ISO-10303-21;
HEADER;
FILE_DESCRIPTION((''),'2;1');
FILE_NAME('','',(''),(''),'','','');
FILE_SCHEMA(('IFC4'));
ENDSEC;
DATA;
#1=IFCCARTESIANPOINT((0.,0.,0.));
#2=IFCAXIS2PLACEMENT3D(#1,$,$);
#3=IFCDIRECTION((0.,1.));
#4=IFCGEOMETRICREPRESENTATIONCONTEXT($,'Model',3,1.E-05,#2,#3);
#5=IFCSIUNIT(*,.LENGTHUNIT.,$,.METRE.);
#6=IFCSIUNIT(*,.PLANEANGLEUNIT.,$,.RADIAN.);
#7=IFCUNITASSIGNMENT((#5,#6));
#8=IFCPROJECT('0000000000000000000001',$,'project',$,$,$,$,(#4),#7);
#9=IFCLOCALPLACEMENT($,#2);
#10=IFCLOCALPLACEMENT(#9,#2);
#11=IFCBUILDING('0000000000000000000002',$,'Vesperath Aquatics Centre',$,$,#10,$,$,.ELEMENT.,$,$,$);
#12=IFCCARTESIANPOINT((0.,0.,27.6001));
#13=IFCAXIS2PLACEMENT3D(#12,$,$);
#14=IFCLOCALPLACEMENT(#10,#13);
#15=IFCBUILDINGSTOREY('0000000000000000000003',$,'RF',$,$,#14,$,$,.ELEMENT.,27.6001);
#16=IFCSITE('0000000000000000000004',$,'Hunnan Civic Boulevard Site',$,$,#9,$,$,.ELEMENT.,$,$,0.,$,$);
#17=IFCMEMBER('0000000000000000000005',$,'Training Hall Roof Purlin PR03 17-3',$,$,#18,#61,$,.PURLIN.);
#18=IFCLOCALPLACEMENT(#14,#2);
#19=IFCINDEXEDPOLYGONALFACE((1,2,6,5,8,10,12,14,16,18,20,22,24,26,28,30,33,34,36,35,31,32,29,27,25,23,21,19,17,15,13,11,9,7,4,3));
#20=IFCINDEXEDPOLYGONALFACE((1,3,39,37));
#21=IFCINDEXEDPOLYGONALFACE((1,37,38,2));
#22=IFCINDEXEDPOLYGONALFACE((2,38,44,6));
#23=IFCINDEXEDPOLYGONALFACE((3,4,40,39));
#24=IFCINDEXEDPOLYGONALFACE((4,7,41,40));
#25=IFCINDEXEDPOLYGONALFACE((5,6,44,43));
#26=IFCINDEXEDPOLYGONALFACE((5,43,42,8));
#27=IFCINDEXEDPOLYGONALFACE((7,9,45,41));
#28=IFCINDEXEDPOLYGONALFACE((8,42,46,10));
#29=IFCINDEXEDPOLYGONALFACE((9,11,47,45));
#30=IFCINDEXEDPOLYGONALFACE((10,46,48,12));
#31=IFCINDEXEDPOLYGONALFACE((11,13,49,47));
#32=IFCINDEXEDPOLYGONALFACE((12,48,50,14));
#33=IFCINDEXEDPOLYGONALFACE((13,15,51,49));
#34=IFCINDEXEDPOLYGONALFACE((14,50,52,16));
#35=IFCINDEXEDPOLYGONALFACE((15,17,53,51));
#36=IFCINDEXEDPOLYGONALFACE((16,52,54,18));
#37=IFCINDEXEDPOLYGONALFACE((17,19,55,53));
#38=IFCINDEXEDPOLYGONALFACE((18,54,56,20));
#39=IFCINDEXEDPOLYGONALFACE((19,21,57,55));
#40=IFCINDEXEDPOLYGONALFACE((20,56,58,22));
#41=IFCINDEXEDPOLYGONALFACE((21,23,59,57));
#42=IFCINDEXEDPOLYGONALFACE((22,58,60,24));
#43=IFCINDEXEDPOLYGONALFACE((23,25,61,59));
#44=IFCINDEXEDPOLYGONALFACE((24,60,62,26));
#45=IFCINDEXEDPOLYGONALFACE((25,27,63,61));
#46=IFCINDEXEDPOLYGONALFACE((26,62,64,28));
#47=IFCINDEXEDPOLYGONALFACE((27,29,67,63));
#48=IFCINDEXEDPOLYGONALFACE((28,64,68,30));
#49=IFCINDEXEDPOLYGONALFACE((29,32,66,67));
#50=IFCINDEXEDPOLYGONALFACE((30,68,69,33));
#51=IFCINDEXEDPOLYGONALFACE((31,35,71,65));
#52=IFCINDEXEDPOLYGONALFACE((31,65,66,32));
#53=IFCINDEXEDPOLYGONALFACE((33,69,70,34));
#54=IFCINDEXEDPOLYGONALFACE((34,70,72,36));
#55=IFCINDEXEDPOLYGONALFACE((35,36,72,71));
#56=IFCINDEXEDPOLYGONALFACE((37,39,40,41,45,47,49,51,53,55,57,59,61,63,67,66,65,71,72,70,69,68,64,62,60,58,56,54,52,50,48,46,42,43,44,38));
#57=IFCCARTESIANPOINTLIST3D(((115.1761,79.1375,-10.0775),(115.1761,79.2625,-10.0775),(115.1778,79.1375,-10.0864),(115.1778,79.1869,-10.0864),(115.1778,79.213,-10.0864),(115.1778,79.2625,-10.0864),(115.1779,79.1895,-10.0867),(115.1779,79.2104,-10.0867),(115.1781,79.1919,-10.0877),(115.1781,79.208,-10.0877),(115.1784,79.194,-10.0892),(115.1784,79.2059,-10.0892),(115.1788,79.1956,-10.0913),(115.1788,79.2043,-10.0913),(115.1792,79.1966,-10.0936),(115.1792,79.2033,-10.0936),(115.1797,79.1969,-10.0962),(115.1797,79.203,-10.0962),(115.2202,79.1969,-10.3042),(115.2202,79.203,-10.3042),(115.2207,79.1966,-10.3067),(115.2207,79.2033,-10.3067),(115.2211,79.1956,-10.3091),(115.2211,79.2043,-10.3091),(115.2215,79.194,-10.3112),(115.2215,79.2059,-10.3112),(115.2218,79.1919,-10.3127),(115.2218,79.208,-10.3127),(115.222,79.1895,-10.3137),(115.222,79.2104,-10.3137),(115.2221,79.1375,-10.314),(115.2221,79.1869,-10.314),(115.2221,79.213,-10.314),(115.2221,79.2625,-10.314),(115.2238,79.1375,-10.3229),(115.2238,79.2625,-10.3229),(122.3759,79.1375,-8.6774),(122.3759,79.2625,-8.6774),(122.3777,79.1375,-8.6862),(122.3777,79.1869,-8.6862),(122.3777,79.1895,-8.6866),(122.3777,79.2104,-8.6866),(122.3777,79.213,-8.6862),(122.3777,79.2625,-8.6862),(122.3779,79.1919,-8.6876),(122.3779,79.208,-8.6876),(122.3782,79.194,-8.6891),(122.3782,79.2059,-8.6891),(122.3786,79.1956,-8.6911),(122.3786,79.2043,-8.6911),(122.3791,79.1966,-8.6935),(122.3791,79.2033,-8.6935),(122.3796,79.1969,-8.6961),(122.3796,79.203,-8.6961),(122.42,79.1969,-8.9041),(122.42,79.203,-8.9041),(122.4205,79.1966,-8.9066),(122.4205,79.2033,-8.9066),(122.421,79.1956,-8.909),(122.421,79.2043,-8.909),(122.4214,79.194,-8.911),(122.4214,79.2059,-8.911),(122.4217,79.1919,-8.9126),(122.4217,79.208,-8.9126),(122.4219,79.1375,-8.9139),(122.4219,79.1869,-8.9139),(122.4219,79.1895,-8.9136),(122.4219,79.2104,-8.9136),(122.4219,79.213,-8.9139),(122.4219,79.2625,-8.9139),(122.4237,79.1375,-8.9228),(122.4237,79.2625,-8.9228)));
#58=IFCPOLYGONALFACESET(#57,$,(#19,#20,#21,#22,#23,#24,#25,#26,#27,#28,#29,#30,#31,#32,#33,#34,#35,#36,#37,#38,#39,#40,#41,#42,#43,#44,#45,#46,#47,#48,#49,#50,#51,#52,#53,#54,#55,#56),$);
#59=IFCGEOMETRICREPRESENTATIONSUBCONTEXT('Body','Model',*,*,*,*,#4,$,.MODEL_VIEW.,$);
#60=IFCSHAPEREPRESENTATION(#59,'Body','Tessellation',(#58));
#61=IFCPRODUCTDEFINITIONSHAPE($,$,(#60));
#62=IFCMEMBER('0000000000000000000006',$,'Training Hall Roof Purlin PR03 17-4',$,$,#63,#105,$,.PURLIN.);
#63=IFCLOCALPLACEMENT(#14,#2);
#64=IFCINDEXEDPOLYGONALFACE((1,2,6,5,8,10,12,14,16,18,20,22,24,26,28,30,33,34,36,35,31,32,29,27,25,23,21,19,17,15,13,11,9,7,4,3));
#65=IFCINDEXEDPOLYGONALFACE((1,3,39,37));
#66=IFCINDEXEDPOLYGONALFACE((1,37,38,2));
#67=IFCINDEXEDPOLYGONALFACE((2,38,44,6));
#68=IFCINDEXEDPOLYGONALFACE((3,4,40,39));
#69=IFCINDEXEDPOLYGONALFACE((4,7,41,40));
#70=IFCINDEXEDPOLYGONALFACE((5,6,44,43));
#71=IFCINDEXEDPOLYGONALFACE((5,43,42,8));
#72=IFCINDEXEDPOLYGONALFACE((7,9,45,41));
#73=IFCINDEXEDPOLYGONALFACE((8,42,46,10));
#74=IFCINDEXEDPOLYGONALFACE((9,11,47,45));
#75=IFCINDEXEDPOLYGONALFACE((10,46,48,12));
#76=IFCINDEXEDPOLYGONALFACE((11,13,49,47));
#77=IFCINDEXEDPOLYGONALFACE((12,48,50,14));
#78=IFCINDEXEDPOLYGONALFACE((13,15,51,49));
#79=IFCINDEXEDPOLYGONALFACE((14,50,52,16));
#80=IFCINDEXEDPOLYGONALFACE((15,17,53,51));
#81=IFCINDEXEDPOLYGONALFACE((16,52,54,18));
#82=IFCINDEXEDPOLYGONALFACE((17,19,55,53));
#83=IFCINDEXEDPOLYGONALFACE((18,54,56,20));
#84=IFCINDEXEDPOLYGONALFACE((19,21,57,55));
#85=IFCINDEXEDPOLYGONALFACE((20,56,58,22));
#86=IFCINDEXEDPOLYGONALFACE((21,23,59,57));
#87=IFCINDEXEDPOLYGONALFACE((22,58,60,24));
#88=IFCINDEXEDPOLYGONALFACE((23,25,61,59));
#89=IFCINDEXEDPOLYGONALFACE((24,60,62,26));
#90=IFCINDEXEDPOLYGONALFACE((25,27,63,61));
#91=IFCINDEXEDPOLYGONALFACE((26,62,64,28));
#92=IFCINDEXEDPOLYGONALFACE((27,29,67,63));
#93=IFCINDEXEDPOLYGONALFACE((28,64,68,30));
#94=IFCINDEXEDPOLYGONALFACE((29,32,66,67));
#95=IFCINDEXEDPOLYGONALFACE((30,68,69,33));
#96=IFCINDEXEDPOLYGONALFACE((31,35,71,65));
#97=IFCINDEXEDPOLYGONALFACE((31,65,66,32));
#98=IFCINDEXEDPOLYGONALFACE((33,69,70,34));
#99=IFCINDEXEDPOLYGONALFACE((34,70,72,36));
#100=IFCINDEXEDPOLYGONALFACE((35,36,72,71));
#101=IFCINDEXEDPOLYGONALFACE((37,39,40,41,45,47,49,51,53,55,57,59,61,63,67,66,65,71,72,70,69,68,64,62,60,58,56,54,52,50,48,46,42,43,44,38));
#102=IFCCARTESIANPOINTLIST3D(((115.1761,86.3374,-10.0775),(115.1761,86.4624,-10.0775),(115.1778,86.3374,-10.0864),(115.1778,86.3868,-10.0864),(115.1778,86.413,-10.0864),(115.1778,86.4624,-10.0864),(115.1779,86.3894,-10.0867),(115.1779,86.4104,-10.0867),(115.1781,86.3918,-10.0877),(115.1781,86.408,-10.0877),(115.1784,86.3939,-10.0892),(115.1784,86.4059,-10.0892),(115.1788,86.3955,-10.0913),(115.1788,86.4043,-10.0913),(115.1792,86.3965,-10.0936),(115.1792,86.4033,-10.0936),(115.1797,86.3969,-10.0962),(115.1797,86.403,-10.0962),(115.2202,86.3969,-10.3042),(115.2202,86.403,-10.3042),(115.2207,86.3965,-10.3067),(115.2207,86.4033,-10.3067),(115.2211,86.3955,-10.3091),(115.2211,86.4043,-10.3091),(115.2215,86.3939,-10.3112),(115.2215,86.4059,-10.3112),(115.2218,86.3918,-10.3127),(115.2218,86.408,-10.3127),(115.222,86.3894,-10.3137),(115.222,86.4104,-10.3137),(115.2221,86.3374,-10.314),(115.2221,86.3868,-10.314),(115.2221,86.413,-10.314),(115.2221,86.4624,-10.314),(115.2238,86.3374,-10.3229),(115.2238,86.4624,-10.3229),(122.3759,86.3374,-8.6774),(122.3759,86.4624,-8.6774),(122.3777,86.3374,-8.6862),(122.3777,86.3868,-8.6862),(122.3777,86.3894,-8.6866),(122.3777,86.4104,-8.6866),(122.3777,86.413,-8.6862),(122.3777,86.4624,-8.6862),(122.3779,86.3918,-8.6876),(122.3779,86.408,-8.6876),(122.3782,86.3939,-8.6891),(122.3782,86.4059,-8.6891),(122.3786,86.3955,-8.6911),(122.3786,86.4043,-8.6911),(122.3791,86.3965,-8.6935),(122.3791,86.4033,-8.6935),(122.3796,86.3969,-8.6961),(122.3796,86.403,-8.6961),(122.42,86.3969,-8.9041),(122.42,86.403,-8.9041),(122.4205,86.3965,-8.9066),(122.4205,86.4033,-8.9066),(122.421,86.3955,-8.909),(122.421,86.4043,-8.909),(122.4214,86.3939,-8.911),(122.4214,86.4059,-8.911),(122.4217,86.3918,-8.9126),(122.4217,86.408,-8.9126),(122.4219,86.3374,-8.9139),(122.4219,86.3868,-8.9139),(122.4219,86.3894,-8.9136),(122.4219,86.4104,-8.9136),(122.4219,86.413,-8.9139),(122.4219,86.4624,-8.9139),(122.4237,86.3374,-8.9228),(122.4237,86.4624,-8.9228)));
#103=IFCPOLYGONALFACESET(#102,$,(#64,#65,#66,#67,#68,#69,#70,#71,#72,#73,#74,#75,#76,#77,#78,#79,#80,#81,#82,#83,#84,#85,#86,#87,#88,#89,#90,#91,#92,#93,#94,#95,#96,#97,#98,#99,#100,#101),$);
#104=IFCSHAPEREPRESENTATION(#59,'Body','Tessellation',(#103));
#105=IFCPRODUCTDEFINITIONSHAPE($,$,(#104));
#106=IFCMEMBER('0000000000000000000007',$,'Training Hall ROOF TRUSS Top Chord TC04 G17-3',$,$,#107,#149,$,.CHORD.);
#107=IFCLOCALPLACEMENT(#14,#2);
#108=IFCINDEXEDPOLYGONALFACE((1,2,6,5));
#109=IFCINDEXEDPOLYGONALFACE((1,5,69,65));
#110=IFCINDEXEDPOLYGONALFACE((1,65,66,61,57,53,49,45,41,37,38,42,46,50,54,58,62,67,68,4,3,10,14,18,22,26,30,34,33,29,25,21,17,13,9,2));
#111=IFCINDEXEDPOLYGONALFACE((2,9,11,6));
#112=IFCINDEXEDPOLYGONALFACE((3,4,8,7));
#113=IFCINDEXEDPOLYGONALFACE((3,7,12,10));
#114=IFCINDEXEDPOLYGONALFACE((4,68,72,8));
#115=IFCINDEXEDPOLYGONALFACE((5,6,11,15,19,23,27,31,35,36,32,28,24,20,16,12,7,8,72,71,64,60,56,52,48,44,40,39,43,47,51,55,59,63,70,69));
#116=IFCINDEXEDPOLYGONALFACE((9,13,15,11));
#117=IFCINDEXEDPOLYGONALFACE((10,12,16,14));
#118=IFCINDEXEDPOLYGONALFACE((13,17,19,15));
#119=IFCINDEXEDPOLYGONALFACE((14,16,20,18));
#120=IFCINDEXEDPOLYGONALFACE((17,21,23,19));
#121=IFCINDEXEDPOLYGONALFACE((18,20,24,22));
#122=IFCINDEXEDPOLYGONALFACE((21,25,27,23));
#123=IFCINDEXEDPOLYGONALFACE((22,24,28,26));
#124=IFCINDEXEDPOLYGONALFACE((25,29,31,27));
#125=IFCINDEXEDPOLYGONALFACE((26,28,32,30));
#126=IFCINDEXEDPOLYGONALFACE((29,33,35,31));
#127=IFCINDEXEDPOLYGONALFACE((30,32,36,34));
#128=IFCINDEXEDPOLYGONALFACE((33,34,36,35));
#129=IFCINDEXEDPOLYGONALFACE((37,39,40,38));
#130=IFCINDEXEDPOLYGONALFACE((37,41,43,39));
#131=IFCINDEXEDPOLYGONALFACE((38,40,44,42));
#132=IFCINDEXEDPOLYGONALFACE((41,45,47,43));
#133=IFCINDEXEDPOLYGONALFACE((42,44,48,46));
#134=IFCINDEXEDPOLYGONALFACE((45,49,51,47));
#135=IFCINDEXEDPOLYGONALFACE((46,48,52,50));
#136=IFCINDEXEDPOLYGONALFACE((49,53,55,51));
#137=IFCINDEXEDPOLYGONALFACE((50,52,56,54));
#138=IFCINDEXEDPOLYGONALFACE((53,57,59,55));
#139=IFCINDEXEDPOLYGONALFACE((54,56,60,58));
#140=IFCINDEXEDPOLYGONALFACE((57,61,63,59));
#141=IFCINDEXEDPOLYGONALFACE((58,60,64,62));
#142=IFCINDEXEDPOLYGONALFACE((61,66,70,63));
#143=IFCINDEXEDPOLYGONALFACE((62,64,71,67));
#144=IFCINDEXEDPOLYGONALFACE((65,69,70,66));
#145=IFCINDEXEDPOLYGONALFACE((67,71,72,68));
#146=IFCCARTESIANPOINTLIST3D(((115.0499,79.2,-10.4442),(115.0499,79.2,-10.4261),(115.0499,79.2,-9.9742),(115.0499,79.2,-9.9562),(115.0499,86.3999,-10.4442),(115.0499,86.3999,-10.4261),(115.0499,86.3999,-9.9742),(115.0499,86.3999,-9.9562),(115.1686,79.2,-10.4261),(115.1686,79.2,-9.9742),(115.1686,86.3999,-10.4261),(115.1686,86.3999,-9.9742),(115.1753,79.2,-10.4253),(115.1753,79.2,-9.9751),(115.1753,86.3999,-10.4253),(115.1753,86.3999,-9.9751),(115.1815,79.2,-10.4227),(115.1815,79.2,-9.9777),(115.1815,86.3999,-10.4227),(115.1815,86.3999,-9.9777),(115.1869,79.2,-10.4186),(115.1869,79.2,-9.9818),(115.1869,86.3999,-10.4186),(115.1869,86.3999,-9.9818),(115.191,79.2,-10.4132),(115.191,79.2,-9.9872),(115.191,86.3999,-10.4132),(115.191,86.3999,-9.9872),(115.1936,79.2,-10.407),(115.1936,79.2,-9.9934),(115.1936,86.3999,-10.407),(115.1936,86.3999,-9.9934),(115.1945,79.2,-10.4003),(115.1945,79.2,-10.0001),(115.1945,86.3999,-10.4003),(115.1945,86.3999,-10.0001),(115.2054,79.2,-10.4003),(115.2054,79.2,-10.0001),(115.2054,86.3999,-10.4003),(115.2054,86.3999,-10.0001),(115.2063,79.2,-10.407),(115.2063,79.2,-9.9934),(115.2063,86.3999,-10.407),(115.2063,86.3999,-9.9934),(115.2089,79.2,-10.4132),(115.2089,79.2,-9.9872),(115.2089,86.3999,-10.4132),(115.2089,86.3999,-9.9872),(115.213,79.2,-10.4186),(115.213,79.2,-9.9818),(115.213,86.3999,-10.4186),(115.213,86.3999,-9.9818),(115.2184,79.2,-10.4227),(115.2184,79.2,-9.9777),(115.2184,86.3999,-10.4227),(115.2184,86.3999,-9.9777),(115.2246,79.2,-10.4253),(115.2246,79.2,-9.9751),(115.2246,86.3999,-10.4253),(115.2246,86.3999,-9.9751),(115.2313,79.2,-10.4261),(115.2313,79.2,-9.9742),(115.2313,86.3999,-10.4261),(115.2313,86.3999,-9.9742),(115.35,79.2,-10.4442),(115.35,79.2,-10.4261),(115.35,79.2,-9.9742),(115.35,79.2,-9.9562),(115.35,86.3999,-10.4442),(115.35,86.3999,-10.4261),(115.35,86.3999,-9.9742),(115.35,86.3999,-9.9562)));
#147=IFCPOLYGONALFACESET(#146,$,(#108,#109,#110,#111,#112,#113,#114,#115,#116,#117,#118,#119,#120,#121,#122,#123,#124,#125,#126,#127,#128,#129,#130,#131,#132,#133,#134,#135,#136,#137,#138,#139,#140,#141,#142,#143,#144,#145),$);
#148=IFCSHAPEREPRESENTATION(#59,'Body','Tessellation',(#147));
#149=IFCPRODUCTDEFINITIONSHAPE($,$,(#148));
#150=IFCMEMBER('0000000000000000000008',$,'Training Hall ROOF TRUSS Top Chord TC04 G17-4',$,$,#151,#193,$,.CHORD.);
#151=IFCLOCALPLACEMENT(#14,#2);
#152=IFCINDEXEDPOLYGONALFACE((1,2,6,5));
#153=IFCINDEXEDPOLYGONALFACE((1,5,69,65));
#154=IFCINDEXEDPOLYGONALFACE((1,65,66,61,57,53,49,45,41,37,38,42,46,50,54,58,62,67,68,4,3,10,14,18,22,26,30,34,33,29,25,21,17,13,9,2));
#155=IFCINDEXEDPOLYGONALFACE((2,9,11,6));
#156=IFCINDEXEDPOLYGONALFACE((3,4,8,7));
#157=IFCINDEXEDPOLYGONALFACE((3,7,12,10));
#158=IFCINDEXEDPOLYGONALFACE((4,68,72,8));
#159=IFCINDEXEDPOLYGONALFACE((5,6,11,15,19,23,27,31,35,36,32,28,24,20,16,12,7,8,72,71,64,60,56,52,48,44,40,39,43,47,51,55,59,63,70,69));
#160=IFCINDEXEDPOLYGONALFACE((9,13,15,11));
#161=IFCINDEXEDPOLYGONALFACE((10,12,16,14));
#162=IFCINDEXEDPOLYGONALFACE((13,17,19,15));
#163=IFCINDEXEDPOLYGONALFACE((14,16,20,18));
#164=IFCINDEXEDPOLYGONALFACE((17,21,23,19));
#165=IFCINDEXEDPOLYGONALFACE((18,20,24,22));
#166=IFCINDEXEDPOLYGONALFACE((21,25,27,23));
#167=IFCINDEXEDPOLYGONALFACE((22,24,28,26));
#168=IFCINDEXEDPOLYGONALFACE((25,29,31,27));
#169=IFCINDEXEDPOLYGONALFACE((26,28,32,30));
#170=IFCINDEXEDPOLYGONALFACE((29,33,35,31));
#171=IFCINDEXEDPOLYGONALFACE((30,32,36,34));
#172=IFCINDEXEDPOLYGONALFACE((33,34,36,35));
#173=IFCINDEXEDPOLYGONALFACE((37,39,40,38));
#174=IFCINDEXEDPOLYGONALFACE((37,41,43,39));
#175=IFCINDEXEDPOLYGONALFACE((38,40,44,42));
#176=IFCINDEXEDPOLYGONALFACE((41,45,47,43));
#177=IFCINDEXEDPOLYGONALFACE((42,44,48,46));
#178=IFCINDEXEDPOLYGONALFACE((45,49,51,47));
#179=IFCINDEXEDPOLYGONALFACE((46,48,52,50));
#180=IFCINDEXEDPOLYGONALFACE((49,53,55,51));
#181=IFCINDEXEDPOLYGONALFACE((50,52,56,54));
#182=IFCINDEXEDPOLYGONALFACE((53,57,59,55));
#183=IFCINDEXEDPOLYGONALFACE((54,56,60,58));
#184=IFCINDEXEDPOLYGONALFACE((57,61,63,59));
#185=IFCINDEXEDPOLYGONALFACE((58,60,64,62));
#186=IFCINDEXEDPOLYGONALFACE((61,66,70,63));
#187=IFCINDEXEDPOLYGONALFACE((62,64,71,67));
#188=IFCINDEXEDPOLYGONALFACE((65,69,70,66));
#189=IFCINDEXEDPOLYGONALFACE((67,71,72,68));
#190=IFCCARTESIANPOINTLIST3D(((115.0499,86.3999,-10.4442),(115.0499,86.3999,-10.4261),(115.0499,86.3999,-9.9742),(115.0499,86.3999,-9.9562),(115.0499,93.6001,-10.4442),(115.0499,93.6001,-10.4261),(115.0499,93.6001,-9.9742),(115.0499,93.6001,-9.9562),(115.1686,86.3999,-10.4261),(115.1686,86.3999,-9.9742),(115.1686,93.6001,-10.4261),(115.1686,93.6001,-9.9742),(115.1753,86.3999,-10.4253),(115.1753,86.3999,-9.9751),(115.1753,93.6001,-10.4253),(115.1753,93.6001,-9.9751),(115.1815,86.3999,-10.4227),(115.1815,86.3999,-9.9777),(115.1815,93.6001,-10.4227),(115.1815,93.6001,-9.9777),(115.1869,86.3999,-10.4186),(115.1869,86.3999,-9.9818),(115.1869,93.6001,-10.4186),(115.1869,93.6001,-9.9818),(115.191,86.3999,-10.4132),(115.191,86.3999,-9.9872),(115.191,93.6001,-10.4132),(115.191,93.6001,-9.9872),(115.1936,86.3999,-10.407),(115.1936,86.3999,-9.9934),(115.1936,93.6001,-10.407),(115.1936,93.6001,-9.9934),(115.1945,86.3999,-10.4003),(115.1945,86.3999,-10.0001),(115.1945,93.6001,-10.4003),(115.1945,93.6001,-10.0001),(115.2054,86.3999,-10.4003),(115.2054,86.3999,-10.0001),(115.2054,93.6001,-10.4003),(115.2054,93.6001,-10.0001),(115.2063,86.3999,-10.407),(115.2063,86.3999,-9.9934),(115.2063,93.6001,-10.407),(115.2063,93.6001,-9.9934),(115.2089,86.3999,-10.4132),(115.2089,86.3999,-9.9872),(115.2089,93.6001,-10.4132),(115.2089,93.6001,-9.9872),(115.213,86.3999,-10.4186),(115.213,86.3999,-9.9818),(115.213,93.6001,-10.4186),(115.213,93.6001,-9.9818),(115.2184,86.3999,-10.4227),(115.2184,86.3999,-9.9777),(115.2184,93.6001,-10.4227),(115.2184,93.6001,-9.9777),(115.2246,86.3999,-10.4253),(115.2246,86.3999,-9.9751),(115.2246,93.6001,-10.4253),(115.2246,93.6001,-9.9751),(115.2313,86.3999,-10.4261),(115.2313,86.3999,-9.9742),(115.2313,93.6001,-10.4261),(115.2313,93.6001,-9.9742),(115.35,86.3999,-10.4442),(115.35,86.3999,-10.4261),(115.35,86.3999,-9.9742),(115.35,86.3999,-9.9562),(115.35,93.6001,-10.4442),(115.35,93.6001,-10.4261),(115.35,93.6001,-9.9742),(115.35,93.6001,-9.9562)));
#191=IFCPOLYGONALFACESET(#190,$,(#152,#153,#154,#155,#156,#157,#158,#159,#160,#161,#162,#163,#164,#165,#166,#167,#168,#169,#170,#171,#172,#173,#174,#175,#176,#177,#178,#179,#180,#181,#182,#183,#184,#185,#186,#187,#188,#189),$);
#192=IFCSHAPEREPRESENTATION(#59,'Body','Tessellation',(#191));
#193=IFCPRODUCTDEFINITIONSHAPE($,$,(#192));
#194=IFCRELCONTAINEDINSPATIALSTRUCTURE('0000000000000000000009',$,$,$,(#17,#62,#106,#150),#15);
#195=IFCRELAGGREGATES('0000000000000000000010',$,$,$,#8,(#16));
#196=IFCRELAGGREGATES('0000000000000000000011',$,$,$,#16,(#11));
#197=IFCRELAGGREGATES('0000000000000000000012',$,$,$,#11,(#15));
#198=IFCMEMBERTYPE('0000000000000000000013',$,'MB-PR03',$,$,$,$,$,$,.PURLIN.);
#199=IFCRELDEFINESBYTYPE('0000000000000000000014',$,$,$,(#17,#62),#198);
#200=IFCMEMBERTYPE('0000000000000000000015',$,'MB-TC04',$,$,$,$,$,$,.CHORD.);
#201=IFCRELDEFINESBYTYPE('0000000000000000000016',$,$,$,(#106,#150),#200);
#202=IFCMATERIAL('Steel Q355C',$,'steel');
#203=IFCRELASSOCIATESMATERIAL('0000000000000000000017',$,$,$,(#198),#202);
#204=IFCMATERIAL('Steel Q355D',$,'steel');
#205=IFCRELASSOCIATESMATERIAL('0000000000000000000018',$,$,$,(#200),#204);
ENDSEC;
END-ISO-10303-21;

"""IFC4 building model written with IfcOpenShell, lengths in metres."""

from ifc_helpers import new_model, si_unit, direction, frame, origin, origin_2d, place, context, subcontext, project, spatial, i_section, extrude, material, material_profile, profile_set, type_object, element, save


model = new_model("IFC4")

# Units and contexts
model_context = context("Model", 3, precision=1e-05, world=origin(), true_north=direction((0.0, 1.0)))
body_context = subcontext(model_context, "Body", "Model", "MODEL_VIEW")
ifc_project = project(units=[si_unit("LENGTHUNIT", "METRE"), si_unit("PLANEANGLEUNIT", "RADIAN")], contexts=[model_context])

# Site, building, storey
site_placement = place(None, origin())
site = spatial("IfcSite", under=ifc_project, at=site_placement, Name="Hunnan Civic Boulevard Site", CompositionType="ELEMENT", RefElevation=0.0)
building_placement = place(site_placement, origin())
building = spatial("IfcBuilding", under=site, at=building_placement, Name="Vesperath Aquatics Centre", CompositionType="ELEMENT")
storey_placement = place(building_placement, frame((0.0, 0.0, 27.6001)))
storey = spatial("IfcBuildingStorey", under=building, at=storey_placement, Name="RF", CompositionType="ELEMENT", Elevation=27.6001)

# Shared definitions
ifc_material_1 = material(Name="Steel Q355C", Category="steel")

# Members
ifc_material_2 = material(Name="Steel Q355D", Category="steel")
ifc_material_profile_1 = material_profile(ifc_material_1, i_section(OverallWidth=0.125, OverallDepth=0.25, WebThickness=0.0061, FlangeThickness=0.009, FilletRadius=0.01, at=origin_2d()), Name="HN 250x125x6x9")
ifc_profile_set_1 = profile_set([ifc_material_profile_1], Name="Steel Q355C")
member_type_1 = type_object("IfcMemberType", Name="MB-PR03", PredefinedType="PURLIN", material=ifc_profile_set_1)
for number, where, z_axis, x_axis, name in (
    (1, (115.2, 79.2, -10.2002), (0.981611, 0.0, 0.19089), (0.0, 1.0, 0.0), "Training Hall Roof Purlin PR03 17-3"),
    (2, (115.2, 86.3999, -10.2002), (0.981611, 0.0, 0.19089), (0.0, 1.0, 0.0), "Training Hall Roof Purlin PR03 17-4"),
):
    element("IfcMember", number, at=place(storey_placement, frame(where, z_axis=z_axis, x_axis=x_axis)), inside=storey, type_object=member_type_1, Name=name, PredefinedType="PURLIN", context=body_context, shape_type="SweptSolid", body=[
        extrude(i_section(OverallWidth=0.125, OverallDepth=0.25, WebThickness=0.0061, FlangeThickness=0.009, FilletRadius=0.01, at=origin_2d()), origin(), (0.0, 0.0, 1.0), 7.3347),
    ])
ifc_material_profile_2 = material_profile(ifc_material_2, i_section(OverallWidth=0.3, OverallDepth=0.488, WebThickness=0.011, FlangeThickness=0.0181, FilletRadius=0.0259, at=origin_2d()), Name="HM 488x300x11x18")
ifc_profile_set_2 = profile_set([ifc_material_profile_2], Name="Steel Q355D")
member_type_2 = type_object("IfcMemberType", Name="MB-TC04", PredefinedType="CHORD", material=ifc_profile_set_2)
member_1_placement = place(storey_placement, frame((115.2, 79.2, -10.2002), z_axis=(0.0, 1.0, 0.0), x_axis=(-1.0, 0.0, 0.0)))
element("IfcMember", 3, at=member_1_placement, inside=storey, type_object=member_type_2, Name="Training Hall ROOF TRUSS Top Chord TC04 G17-3", PredefinedType="CHORD", context=body_context, shape_type="SweptSolid", body=[
    extrude(i_section(OverallWidth=0.3, OverallDepth=0.488, WebThickness=0.011, FlangeThickness=0.0181, FilletRadius=0.0259, at=origin_2d()), origin(), (0.0, 0.0, 1.0), 7.2),
])
member_2_placement = place(storey_placement, frame((115.2, 86.3999, -10.2002), z_axis=(0.0, 1.0, 0.0), x_axis=(-1.0, 0.0, 0.0)))
element("IfcMember", 4, at=member_2_placement, inside=storey, type_object=member_type_2, Name="Training Hall ROOF TRUSS Top Chord TC04 G17-4", PredefinedType="CHORD", context=body_context, shape_type="SweptSolid", body=[
    extrude(i_section(OverallWidth=0.3, OverallDepth=0.488, WebThickness=0.011, FlangeThickness=0.0181, FilletRadius=0.0259, at=origin_2d()), origin(), (0.0, 0.0, 1.0), 7.2002),
])

save(model, "model.ifc")
